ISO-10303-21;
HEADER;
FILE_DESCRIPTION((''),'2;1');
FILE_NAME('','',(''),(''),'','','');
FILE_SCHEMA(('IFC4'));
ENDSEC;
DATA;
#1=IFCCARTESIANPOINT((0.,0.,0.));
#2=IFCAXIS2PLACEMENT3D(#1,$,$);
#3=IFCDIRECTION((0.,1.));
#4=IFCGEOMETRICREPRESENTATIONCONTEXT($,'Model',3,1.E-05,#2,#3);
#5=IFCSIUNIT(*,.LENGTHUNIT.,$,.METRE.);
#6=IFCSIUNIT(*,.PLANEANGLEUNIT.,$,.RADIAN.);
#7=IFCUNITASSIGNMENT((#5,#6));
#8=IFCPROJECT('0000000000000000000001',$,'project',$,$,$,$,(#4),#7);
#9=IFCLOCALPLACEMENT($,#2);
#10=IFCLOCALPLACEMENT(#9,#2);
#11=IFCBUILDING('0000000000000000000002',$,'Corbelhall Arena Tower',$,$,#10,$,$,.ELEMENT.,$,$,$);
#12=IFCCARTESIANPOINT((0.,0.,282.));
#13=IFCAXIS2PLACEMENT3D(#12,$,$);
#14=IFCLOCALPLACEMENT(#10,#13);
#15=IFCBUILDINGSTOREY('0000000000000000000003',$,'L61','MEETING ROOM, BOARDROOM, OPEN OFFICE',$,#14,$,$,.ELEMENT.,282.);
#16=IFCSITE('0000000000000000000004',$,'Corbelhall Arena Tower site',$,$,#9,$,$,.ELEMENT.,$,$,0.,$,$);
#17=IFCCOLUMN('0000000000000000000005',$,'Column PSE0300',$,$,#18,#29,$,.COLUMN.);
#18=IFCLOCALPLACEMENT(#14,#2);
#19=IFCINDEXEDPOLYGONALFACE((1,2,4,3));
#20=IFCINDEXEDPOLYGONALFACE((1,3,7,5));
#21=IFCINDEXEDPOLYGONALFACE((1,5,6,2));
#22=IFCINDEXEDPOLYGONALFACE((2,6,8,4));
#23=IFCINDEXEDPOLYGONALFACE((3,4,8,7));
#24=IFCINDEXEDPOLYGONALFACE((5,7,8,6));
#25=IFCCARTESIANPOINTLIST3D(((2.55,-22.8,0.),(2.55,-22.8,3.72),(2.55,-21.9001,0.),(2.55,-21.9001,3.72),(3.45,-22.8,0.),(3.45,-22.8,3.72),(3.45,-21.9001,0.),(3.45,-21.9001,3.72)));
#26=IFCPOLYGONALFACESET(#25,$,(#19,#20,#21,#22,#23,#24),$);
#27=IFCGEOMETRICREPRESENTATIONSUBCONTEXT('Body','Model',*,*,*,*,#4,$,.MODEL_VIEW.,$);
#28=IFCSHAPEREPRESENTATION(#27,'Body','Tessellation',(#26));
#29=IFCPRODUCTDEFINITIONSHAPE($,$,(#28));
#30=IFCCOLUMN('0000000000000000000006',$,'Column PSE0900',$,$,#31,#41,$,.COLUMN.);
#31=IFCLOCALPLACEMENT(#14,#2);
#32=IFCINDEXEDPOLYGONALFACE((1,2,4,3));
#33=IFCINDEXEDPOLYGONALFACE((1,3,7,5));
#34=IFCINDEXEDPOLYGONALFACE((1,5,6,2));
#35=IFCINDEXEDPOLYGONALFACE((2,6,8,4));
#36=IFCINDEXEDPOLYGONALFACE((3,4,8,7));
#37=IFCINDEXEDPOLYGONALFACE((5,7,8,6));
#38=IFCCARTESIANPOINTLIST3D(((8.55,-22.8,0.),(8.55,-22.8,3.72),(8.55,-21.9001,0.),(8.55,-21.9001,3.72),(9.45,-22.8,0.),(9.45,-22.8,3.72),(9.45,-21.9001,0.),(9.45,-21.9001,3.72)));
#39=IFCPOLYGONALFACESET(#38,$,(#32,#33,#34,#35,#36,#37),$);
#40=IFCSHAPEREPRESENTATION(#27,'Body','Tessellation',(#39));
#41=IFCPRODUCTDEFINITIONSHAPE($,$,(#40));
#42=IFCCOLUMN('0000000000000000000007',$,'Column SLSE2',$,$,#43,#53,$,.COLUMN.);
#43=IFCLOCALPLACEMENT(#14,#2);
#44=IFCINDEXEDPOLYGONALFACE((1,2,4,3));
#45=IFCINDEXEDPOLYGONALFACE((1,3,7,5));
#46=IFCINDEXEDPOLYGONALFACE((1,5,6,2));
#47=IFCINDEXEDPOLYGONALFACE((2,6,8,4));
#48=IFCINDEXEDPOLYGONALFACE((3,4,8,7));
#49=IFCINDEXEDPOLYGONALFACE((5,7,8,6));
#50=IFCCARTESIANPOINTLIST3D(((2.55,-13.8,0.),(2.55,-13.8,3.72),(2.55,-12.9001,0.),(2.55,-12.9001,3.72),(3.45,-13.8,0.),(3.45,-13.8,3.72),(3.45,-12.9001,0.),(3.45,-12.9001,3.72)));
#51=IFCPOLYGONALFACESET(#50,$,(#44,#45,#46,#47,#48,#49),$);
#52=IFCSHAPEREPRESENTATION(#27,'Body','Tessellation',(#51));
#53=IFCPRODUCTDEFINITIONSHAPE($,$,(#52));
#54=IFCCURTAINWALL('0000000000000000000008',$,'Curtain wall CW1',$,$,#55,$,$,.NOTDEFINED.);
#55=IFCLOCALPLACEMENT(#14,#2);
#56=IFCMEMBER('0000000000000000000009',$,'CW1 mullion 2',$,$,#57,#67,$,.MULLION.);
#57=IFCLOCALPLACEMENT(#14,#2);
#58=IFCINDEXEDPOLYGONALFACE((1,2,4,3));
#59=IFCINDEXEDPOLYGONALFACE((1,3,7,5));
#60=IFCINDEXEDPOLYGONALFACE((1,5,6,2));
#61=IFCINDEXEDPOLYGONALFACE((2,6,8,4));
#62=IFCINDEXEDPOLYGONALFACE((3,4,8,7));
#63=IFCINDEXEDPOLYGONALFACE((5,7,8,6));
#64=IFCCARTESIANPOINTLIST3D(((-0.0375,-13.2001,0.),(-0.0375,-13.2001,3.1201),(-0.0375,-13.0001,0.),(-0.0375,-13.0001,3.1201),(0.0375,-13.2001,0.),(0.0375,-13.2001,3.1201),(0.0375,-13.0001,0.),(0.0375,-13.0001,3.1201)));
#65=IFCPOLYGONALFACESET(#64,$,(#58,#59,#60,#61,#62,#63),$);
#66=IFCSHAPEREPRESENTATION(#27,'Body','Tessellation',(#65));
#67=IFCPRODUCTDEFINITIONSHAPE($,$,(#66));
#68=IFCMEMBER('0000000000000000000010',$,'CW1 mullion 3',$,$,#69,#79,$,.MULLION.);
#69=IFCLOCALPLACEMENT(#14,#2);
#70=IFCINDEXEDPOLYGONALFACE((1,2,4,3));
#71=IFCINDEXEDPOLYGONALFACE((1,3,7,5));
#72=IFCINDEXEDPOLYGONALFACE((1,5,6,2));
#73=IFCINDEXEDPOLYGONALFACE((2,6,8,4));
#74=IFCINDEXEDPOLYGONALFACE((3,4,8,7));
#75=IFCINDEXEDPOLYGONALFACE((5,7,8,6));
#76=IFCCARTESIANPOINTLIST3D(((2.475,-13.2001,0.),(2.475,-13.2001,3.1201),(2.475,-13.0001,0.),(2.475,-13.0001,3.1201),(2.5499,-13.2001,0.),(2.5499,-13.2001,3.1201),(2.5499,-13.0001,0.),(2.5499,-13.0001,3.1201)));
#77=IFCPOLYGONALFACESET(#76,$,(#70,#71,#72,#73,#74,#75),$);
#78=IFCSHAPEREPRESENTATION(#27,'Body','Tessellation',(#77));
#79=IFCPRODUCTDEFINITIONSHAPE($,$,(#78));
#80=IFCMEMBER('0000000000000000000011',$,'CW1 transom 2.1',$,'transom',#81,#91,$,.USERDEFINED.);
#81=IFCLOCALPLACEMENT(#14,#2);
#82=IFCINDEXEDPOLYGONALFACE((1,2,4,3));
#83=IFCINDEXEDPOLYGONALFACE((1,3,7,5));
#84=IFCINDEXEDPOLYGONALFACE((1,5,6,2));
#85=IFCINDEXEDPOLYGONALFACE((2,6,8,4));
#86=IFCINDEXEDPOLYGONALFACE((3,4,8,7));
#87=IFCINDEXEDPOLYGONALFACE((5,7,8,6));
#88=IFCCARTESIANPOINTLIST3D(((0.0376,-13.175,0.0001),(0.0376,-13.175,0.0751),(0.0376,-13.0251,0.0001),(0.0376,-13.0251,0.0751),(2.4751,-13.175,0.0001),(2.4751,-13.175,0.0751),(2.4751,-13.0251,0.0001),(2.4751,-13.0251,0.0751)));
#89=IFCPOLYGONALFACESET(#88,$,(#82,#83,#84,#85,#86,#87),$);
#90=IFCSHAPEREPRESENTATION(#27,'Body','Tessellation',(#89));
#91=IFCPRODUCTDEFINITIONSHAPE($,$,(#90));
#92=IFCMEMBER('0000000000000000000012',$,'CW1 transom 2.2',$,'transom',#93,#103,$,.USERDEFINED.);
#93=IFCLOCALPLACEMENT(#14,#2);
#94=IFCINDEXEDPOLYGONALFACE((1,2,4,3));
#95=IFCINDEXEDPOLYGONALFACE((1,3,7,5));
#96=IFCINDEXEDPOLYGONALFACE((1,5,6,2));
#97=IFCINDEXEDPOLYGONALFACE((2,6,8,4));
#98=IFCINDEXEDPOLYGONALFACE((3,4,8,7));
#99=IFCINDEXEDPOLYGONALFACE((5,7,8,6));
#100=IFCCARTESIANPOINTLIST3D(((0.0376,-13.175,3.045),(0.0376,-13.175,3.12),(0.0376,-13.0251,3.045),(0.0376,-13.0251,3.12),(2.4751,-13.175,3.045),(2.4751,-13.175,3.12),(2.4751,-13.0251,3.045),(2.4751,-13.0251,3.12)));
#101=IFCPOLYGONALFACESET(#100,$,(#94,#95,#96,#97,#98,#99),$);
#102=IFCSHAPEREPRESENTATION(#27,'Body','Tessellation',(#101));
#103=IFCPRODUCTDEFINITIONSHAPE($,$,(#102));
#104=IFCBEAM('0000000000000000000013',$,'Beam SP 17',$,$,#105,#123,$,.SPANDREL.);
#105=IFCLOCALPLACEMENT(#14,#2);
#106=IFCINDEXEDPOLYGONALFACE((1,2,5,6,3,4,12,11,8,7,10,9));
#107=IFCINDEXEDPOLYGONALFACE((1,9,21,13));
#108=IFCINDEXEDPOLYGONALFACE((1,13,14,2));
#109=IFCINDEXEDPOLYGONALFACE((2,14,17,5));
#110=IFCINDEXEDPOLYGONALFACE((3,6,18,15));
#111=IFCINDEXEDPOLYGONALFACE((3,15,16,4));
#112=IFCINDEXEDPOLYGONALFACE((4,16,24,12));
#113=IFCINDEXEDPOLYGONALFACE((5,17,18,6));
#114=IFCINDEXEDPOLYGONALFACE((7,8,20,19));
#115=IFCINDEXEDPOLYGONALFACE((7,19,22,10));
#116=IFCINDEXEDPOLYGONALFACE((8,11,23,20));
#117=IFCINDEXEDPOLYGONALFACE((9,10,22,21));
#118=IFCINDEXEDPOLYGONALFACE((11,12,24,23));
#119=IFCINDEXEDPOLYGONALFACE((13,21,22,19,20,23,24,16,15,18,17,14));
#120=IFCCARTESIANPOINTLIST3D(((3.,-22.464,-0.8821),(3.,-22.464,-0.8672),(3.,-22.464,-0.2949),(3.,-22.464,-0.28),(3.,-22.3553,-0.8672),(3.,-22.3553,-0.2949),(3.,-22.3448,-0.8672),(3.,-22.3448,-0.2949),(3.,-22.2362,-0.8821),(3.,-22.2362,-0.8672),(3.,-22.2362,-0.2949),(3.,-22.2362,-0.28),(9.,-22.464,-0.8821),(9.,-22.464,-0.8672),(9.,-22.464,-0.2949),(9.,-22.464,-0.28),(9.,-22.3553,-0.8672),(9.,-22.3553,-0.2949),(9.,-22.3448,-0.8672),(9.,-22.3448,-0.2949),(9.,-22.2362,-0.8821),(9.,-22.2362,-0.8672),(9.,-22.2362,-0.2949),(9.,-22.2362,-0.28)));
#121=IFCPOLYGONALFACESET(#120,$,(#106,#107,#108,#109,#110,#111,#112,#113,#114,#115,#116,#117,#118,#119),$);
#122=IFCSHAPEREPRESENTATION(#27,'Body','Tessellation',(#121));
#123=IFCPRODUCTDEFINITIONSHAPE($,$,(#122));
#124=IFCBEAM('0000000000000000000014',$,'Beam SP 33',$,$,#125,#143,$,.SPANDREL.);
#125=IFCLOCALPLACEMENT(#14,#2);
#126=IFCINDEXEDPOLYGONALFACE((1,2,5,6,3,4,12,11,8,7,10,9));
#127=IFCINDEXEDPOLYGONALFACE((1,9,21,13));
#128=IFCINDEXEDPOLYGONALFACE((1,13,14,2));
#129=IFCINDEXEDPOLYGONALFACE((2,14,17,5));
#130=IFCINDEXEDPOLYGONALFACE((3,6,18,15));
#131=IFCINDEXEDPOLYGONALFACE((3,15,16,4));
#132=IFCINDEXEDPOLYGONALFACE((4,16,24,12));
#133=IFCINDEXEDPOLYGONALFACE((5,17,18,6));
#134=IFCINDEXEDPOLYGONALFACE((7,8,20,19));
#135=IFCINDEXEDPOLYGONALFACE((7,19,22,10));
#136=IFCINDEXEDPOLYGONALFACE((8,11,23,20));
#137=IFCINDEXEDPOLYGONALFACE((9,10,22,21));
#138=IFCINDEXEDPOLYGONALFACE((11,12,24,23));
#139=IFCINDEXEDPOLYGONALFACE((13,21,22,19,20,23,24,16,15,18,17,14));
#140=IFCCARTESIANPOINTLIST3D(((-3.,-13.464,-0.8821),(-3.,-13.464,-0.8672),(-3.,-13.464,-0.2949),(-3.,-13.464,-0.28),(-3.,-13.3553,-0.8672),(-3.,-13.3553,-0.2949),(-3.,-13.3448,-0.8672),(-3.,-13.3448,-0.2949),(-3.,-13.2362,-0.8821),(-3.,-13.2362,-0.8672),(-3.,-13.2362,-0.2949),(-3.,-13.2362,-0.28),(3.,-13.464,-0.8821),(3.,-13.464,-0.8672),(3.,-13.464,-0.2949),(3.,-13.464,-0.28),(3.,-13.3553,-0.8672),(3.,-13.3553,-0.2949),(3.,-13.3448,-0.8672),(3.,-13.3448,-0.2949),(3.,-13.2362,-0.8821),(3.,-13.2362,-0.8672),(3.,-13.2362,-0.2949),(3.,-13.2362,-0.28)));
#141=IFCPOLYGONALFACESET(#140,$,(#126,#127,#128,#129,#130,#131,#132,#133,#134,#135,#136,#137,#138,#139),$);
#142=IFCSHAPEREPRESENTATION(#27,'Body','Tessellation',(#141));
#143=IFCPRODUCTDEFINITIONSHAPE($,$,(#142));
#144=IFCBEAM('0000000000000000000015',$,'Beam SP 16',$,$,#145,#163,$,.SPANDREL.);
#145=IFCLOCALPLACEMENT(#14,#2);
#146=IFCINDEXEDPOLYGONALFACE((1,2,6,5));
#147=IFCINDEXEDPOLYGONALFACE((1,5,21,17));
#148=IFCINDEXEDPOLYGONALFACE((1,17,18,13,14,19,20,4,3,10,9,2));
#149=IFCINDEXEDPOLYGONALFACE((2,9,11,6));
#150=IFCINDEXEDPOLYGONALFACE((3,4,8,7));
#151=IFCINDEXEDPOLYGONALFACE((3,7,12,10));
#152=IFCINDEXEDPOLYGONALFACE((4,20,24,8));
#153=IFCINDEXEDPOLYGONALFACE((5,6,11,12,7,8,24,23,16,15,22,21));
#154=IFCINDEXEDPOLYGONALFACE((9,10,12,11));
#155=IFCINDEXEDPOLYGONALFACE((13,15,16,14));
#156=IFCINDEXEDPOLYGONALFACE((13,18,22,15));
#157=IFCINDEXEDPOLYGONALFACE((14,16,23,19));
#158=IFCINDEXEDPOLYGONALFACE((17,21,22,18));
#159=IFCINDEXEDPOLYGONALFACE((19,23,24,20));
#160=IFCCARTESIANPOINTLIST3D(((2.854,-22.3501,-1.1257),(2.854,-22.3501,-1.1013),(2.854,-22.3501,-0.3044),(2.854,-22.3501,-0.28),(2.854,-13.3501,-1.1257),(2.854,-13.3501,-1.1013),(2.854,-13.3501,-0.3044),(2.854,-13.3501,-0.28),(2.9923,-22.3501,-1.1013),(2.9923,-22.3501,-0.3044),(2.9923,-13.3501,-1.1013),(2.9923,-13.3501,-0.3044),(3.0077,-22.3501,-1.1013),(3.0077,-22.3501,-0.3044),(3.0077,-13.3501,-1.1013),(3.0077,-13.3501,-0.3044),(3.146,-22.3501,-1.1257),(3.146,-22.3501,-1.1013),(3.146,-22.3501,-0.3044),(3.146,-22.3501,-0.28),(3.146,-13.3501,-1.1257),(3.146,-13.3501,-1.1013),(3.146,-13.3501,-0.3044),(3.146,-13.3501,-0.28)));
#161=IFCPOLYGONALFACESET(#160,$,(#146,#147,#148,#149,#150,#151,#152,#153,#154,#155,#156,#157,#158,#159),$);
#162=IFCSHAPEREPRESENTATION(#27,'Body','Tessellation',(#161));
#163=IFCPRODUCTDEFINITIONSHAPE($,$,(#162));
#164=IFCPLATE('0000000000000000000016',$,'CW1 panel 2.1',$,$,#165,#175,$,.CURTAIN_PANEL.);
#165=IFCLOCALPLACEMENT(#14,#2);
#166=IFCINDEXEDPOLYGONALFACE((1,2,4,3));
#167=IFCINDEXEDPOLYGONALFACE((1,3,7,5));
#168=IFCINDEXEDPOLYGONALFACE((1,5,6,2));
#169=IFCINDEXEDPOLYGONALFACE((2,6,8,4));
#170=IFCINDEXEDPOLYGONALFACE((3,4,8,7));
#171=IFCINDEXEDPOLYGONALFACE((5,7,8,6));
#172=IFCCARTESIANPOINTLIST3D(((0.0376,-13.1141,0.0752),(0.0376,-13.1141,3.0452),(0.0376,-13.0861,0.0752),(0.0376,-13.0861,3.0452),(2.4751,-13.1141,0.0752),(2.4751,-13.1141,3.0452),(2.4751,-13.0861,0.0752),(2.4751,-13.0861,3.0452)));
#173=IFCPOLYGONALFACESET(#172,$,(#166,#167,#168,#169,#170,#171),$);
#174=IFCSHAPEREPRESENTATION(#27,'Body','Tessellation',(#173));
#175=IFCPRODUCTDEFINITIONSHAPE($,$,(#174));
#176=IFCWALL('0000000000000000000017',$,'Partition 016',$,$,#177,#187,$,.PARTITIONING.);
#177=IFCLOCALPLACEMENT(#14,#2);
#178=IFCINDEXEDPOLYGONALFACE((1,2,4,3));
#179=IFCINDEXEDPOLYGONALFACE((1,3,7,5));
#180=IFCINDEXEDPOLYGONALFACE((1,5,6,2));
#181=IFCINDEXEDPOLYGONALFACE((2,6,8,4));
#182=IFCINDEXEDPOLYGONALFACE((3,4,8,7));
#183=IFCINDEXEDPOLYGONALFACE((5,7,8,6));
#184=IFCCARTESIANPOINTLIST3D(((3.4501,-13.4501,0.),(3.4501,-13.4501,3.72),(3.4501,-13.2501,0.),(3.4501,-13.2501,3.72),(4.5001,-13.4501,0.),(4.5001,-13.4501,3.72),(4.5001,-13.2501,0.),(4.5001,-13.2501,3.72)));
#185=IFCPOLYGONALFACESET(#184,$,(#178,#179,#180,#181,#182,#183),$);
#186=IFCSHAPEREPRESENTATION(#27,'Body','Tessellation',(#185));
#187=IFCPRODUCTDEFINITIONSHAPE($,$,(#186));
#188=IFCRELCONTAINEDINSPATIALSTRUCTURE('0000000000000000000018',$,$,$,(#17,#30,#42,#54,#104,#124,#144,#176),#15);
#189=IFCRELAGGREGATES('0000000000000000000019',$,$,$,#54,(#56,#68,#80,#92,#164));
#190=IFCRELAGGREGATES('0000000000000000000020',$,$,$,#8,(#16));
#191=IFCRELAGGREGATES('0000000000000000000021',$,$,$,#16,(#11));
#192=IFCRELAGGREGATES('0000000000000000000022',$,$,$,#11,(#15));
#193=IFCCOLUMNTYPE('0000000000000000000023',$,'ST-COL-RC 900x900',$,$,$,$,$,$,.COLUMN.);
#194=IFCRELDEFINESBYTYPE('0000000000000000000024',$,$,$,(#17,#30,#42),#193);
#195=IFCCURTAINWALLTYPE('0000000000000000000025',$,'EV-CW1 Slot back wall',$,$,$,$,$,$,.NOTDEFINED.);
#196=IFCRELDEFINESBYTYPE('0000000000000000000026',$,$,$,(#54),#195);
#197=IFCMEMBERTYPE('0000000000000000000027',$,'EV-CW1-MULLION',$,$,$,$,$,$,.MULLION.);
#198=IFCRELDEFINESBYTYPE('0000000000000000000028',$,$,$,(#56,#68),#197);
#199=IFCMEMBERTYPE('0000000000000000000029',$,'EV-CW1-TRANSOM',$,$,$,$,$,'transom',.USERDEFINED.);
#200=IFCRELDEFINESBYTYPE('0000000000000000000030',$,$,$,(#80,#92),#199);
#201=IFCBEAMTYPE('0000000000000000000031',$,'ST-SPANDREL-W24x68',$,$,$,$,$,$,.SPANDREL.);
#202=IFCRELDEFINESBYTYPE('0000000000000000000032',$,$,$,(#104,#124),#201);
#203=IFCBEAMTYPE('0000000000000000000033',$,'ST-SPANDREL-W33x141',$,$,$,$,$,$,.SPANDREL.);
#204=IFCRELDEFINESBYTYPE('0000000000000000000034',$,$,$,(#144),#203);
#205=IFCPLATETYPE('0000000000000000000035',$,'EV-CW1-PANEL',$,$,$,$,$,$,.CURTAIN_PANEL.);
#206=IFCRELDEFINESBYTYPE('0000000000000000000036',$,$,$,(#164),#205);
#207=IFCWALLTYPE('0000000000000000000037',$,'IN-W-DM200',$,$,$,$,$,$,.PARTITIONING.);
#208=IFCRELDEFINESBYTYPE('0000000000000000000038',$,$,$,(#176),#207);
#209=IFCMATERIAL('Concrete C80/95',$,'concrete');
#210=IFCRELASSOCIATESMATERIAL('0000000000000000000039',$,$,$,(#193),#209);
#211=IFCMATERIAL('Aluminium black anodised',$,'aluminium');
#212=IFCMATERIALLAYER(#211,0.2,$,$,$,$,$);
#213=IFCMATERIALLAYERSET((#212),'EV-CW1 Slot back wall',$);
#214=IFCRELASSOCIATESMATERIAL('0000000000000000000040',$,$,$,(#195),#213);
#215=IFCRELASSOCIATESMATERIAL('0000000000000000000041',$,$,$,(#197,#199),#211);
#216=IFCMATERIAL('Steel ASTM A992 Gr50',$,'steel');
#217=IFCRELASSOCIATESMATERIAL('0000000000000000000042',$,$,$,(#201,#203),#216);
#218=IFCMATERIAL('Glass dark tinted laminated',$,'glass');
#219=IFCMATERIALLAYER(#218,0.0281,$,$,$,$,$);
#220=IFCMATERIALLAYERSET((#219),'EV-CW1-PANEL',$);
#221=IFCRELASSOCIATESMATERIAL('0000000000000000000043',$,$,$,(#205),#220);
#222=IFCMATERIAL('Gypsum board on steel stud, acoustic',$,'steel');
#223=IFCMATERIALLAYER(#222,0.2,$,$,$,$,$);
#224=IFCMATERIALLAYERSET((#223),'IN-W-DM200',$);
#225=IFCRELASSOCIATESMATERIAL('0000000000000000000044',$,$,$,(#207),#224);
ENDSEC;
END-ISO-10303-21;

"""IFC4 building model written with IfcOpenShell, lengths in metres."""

from ifc_helpers import new_model, si_unit, direction, frame, frame_2d, origin, origin_2d, place, context, subcontext, project, spatial, rectangle, i_section, extrude, material, layer, layer_set, material_profile, profile_set, type_object, element, aggregate, save


model = new_model("IFC4")

# Units and contexts
model_context = context("Model", 3, precision=1e-05, world=origin(), true_north=direction((0.0, 1.0)))
body_context = subcontext(model_context, "Body", "Model", "MODEL_VIEW")
ifc_project = project(units=[si_unit("LENGTHUNIT", "METRE"), si_unit("PLANEANGLEUNIT", "RADIAN")], contexts=[model_context])

# Site, building, storey
site_placement = place(None, origin())
site = spatial("IfcSite", under=ifc_project, at=site_placement, Name="Corbelhall Arena Tower site", CompositionType="ELEMENT", RefElevation=0.0)
building_placement = place(site_placement, origin())
building = spatial("IfcBuilding", under=site, at=building_placement, Name="Corbelhall Arena Tower", CompositionType="ELEMENT")
storey_placement = place(building_placement, frame((0.0, 0.0, 282.0)))
storey = spatial("IfcBuildingStorey", under=building, at=storey_placement, Name="L61", Description="MEETING ROOM, BOARDROOM, OPEN OFFICE", CompositionType="ELEMENT", Elevation=282.0)

# Columns
ifc_material_1 = material(Name="Concrete C80/95", Category="concrete")
ifc_material_profile_1 = material_profile(ifc_material_1, rectangle(XDim=0.8999, YDim=0.8999, at=origin_2d()))
ifc_profile_set_1 = profile_set([ifc_material_profile_1], Name="Concrete C80/95")
column_type = type_object("IfcColumnType", Name="ST-COL-RC 900x900", PredefinedType="COLUMN", material=ifc_profile_set_1)
for number, where, z_axis, x_axis, name in (
    (1, (3.0, -22.3501, 0.0), (0.0, 0.0, 1.0), (1.0, 0.0, 0.0), "Column PSE0300"),
    (2, (9.0, -22.3501, 0.0), (0.0, 0.0, 1.0), (1.0, 0.0, 0.0), "Column PSE0900"),
    (3, (3.0, -13.3501, 0.0), (0.0, 0.0, 1.0), (1.0, 0.0, 0.0), "Column SLSE2"),
):
    element("IfcColumn", number, at=place(storey_placement, frame(where, z_axis=z_axis, x_axis=x_axis)), inside=storey, type_object=column_type, Name=name, PredefinedType="COLUMN", context=body_context, shape_type="SweptSolid", body=[
        extrude(rectangle(XDim=0.8999, YDim=0.8999, at=origin_2d()), origin(), (0.0, 0.0, 1.0), 3.72),
    ])

# Curtain wall, members
ifc_material_2 = material(Name="Aluminium black anodised", Category="aluminium")
ifc_layer_1 = layer(ifc_material_2, 0.2)
ifc_layer_set_1 = layer_set([ifc_layer_1], Name="EV-CW1 Slot back wall")
curtain_wall_type = type_object("IfcCurtainWallType", Name="EV-CW1 Slot back wall", PredefinedType="NOTDEFINED", material=ifc_layer_set_1)
curtain_wall_placement = place(storey_placement, origin())
curtain_wall = element("IfcCurtainWall", 4, at=curtain_wall_placement, inside=storey, type_object=curtain_wall_type, Name="Curtain wall CW1", PredefinedType="NOTDEFINED")
ifc_material_profile_2 = material_profile(ifc_material_2, rectangle(XDim=0.2, YDim=0.075, at=origin_2d()))
ifc_profile_set_2 = profile_set([ifc_material_profile_2], Name="Aluminium black anodised")
member_type_1 = type_object("IfcMemberType", Name="EV-CW1-MULLION", PredefinedType="MULLION", material=ifc_profile_set_2)
member_1_placement = place(storey_placement, frame((0.0, -13.1001, 0.0), z_axis=(0.0, 0.0, 1.0), x_axis=(0.0, 1.0, 0.0)))
member_1 = element("IfcMember", 5, at=member_1_placement, type_object=member_type_1, Name="CW1 mullion 2", PredefinedType="MULLION", context=body_context, shape_type="SweptSolid", body=[
    extrude(rectangle(XDim=0.2, YDim=0.075, at=origin_2d()), origin(), (0.0, 0.0, 1.0), 3.1201),
])
member_2_placement = place(storey_placement, frame((2.5125, -13.1001, 0.0), z_axis=(0.0, 0.0, 1.0), x_axis=(0.0, 1.0, 0.0)))
member_2 = element("IfcMember", 6, at=member_2_placement, type_object=member_type_1, Name="CW1 mullion 3", PredefinedType="MULLION", context=body_context, shape_type="SweptSolid", body=[
    extrude(rectangle(XDim=0.2, YDim=0.075, at=origin_2d()), origin(), (0.0, 0.0, 1.0), 3.1201),
])
ifc_material_profile_3 = material_profile(ifc_material_2, rectangle(XDim=0.1499, YDim=0.075, at=origin_2d()))
ifc_profile_set_3 = profile_set([ifc_material_profile_3], Name="Aluminium black anodised")
member_type_2 = type_object("IfcMemberType", Name="EV-CW1-TRANSOM", ElementType="transom", PredefinedType="USERDEFINED", material=ifc_profile_set_3)
member_3_placement = place(storey_placement, frame((0.0376, -13.1001, 0.0376), z_axis=(1.0, 0.0, 0.0), x_axis=(0.0, 1.0, 0.0)))
member_3 = element("IfcMember", 7, at=member_3_placement, type_object=member_type_2, Name="CW1 transom 2.1", ObjectType="transom", PredefinedType="USERDEFINED", context=body_context, shape_type="SweptSolid", body=[
    extrude(rectangle(XDim=0.1499, YDim=0.075, at=origin_2d()), origin(), (0.0, 0.0, 1.0), 2.4375),
])
member_4_placement = place(storey_placement, frame((0.0376, -13.1001, 3.0825), z_axis=(1.0, 0.0, 0.0), x_axis=(0.0, 1.0, 0.0)))
member_4 = element("IfcMember", 8, at=member_4_placement, type_object=member_type_2, Name="CW1 transom 2.2", ObjectType="transom", PredefinedType="USERDEFINED", context=body_context, shape_type="SweptSolid", body=[
    extrude(rectangle(XDim=0.1499, YDim=0.075, at=origin_2d()), origin(), (0.0, 0.0, 1.0), 2.4375),
])

# Beams
ifc_material_3 = material(Name="Steel ASTM A992 Gr50", Category="steel")
ifc_material_profile_4 = material_profile(ifc_material_3, i_section(OverallWidth=0.2278, OverallDepth=0.6021, WebThickness=0.0105, FlangeThickness=0.0149, at=origin_2d()))
ifc_profile_set_4 = profile_set([ifc_material_profile_4], Name="Steel ASTM A992 Gr50")
beam_type_1 = type_object("IfcBeamType", Name="ST-SPANDREL-W24x68", PredefinedType="SPANDREL", material=ifc_profile_set_4)
for number, where, z_axis, x_axis, name in (
    (9, (9.0, -22.3501, -0.5811), (-1.0, 0.0, 0.0), (0.0, -1.0, 0.0), "Beam SP 17"),
    (10, (3.0, -13.3501, -0.5811), (-1.0, 0.0, 0.0), (0.0, -1.0, 0.0), "Beam SP 33"),
):
    element("IfcBeam", number, at=place(storey_placement, frame(where, z_axis=z_axis, x_axis=x_axis)), inside=storey, type_object=beam_type_1, Name=name, PredefinedType="SPANDREL", context=body_context, shape_type="SweptSolid", body=[
        extrude(i_section(OverallWidth=0.2278, OverallDepth=0.6021, WebThickness=0.0105, FlangeThickness=0.0149, at=origin_2d()), origin(), (0.0, 0.0, 1.0), 6.0),
    ])
ifc_material_profile_5 = material_profile(ifc_material_3, i_section(OverallWidth=0.292, OverallDepth=0.8457, WebThickness=0.0154, FlangeThickness=0.0244, at=origin_2d()))
ifc_profile_set_5 = profile_set([ifc_material_profile_5], Name="Steel ASTM A992 Gr50")
beam_type_2 = type_object("IfcBeamType", Name="ST-SPANDREL-W33x141", PredefinedType="SPANDREL", material=ifc_profile_set_5)
beam_placement = place(storey_placement, frame((3.0, -22.3501, -0.7029), z_axis=(0.0, 1.0, 0.0), x_axis=(-1.0, 0.0, 0.0)))
element("IfcBeam", 11, at=beam_placement, inside=storey, type_object=beam_type_2, Name="Beam SP 16", PredefinedType="SPANDREL", context=body_context, shape_type="SweptSolid", body=[
    extrude(i_section(OverallWidth=0.292, OverallDepth=0.8457, WebThickness=0.0154, FlangeThickness=0.0244, at=origin_2d()), origin(), (0.0, 0.0, 1.0), 9.0),
])

# Plate
ifc_material_4 = material(Name="Glass dark tinted laminated", Category="glass")
ifc_layer_2 = layer(ifc_material_4, 0.0281)
ifc_layer_set_2 = layer_set([ifc_layer_2], Name="EV-CW1-PANEL")
plate_type = type_object("IfcPlateType", Name="EV-CW1-PANEL", PredefinedType="CURTAIN_PANEL", material=ifc_layer_set_2)
plate_placement = place(storey_placement, frame((1.2563, -13.1001, 0.0752), z_axis=(0.0, 0.0, 1.0), x_axis=(1.0, 0.0, 0.0)))
plate = element("IfcPlate", 12, at=plate_placement, type_object=plate_type, Name="CW1 panel 2.1", PredefinedType="CURTAIN_PANEL", context=body_context, shape_type="SweptSolid", body=[
    extrude(rectangle(XDim=2.4375, YDim=0.0281, at=origin_2d()), origin(), (0.0, 0.0, 1.0), 2.97),
])
aggregate(curtain_wall, [member_1, member_2, member_3, member_4, plate])

# Wall
ifc_material_5 = material(Name="Gypsum board on steel stud, acoustic", Category="steel")
ifc_layer_3 = layer(ifc_material_5, 0.2)
ifc_layer_set_3 = layer_set([ifc_layer_3], Name="IN-W-DM200")
wall_type_1 = type_object("IfcWallType", Name="IN-W-DM200", PredefinedType="PARTITIONING", material=ifc_layer_set_3)
wall_1_placement = place(storey_placement, frame((4.5, -13.3501, 0.0), z_axis=(0.0, 0.0, 1.0), x_axis=(-1.0, 0.0, 0.0)))
element("IfcWall", 13, at=wall_1_placement, inside=storey, type_object=wall_type_1, Name="Partition 016", PredefinedType="PARTITIONING", context=body_context, shape_type="SweptSolid", body=[
    extrude(rectangle(XDim=1.05, YDim=0.2, at=frame_2d((0.5249, 0.0))), origin(), (0.0, 0.0, 1.0), 3.72),
])

save(model, "model.ifc")
